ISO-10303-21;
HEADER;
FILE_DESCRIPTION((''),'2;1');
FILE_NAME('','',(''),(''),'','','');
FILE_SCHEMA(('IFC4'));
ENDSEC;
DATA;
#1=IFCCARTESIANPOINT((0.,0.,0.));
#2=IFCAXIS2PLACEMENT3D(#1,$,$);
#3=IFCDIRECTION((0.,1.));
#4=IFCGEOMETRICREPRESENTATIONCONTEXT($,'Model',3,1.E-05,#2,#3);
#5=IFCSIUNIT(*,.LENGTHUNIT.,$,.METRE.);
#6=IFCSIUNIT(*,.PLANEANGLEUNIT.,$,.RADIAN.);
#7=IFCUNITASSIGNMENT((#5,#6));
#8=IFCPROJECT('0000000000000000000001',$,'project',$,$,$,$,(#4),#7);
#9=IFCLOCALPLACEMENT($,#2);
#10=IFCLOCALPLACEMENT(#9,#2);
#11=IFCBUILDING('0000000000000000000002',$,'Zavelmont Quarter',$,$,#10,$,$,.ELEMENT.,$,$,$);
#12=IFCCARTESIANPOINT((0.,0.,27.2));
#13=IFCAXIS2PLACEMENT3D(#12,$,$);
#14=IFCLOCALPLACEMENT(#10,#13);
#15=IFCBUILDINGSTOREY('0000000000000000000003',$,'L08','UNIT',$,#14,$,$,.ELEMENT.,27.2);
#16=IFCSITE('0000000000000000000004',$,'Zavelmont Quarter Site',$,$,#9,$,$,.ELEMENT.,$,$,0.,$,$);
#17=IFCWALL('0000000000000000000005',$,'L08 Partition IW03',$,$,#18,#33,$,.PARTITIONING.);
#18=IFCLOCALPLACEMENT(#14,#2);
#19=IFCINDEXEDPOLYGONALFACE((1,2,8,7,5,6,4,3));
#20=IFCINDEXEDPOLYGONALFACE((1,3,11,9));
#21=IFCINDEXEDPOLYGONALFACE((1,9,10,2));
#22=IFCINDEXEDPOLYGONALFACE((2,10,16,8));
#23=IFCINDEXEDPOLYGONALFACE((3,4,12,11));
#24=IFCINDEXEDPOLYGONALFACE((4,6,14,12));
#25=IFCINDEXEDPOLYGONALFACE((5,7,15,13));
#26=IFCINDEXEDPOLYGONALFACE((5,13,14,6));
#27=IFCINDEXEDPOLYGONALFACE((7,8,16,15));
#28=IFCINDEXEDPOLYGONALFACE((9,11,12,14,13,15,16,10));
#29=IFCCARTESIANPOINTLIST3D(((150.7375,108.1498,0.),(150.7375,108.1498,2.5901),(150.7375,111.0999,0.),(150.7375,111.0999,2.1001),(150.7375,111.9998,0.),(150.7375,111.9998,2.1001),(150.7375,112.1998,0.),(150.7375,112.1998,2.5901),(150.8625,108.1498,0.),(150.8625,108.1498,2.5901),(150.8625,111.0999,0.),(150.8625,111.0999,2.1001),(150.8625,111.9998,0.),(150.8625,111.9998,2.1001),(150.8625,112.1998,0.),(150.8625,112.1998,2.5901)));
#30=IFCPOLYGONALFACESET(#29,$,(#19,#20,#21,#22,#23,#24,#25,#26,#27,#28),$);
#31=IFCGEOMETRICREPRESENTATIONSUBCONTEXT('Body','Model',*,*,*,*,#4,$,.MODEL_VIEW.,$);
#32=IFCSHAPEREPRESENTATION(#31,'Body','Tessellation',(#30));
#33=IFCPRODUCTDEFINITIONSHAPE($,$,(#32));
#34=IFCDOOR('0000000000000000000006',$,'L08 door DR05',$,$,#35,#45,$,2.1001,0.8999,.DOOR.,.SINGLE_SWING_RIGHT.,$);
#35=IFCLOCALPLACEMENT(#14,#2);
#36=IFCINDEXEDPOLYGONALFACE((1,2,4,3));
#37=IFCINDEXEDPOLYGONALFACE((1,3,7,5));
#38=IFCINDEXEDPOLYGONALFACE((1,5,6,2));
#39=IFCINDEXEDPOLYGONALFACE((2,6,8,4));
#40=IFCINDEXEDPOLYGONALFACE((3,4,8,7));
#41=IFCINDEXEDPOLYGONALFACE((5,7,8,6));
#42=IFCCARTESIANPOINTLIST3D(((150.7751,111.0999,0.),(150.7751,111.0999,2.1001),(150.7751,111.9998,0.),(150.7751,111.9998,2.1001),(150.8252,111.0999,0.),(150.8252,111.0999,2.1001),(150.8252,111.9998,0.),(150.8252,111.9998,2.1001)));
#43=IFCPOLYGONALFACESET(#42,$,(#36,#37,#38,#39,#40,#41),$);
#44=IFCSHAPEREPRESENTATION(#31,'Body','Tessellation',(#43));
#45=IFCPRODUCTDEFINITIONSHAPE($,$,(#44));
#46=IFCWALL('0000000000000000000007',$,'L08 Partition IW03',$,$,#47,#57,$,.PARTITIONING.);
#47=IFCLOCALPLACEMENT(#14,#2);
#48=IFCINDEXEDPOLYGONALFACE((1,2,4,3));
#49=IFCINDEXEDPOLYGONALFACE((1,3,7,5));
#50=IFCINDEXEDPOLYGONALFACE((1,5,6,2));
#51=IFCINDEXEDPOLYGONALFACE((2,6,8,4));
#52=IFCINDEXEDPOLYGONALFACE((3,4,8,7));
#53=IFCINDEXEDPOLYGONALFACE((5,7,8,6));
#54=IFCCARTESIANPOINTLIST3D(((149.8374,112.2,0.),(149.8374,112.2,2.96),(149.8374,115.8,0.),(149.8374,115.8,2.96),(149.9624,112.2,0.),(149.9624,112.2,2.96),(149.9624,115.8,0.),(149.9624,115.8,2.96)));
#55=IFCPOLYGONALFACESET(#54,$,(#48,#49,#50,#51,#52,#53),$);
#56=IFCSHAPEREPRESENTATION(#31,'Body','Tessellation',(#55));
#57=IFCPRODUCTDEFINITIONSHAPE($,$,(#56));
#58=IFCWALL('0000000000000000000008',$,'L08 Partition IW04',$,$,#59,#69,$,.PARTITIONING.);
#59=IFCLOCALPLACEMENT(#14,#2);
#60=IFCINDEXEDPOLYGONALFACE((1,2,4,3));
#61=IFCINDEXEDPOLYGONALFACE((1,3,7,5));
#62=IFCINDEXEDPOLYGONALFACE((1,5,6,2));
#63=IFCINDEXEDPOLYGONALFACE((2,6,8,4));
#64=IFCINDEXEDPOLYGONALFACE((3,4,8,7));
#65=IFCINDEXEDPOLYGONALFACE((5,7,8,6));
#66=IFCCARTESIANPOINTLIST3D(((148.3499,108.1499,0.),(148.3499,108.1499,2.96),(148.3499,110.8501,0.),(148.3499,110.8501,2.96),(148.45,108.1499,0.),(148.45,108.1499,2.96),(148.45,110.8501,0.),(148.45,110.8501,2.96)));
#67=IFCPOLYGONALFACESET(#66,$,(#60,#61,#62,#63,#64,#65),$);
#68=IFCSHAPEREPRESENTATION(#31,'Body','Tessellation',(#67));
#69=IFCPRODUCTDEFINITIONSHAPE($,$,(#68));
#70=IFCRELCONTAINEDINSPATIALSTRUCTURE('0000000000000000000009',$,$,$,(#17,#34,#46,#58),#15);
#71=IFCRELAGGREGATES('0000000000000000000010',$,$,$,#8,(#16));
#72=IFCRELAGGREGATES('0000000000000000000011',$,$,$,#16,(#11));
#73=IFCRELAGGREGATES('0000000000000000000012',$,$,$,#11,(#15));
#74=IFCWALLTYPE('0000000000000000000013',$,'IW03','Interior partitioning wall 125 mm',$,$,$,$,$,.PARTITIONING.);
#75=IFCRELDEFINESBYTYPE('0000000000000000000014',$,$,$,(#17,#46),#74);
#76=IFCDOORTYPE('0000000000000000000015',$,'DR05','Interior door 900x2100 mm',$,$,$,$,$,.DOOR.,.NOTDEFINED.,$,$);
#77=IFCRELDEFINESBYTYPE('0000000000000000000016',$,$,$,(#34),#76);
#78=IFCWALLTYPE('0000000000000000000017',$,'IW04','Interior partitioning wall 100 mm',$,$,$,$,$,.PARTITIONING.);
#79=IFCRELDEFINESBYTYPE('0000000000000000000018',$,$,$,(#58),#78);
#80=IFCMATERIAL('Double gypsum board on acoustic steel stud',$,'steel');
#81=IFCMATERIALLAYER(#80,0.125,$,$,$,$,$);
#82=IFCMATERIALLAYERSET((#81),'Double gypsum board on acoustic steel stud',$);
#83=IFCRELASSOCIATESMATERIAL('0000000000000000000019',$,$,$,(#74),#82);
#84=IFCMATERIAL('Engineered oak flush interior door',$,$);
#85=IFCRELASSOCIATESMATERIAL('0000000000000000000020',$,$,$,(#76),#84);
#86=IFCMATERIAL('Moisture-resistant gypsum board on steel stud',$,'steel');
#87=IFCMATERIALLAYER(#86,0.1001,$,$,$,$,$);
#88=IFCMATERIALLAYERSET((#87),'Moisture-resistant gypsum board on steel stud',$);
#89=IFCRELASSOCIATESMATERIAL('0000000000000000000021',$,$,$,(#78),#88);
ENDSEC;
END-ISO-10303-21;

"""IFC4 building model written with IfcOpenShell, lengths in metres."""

from ifc_helpers import new_model, si_unit, direction, frame, frame_2d, origin, origin_with_axes, place, context, subcontext, project, spatial, rectangle, extrude, material, layer, layer_set, type_object, element, fill, save


model = new_model("IFC4")

# Units and contexts
model_context = context("Model", 3, precision=1e-05, world=origin(), true_north=direction((0.0, 1.0)))
body_context = subcontext(model_context, "Body", "Model", "MODEL_VIEW")
ifc_project = project(units=[si_unit("LENGTHUNIT", "METRE"), si_unit("PLANEANGLEUNIT", "RADIAN")], contexts=[model_context])

# Site, building, storey
site_placement = place(None, origin())
site = spatial("IfcSite", under=ifc_project, at=site_placement, Name="Zavelmont Quarter Site", CompositionType="ELEMENT", RefElevation=0.0)
building_placement = place(site_placement, origin())
building = spatial("IfcBuilding", under=site, at=building_placement, Name="Zavelmont Quarter", CompositionType="ELEMENT")
storey_placement = place(building_placement, frame((0.0, 0.0, 27.2)))
storey = spatial("IfcBuildingStorey", under=building, at=storey_placement, Name="L08", Description="UNIT", CompositionType="ELEMENT", Elevation=27.2)

# Wall, opening, door
ifc_material_1 = material(Name="Double gypsum board on acoustic steel stud", Category="steel")
ifc_layer_1 = layer(ifc_material_1, 0.125)
ifc_layer_set_1 = layer_set([ifc_layer_1], Name="Double gypsum board on acoustic steel stud")
wall_type_1 = type_object("IfcWallType", Name="IW03", Description="Interior partitioning wall 125 mm", PredefinedType="PARTITIONING", material=ifc_layer_set_1)
wall_1_placement = place(storey_placement, frame((150.8, 108.1499, 0.0), z_axis=(0.0, 0.0, 1.0), x_axis=(0.0, 1.0, 0.0)))
wall_1 = element("IfcWall", 1, at=wall_1_placement, inside=storey, type_object=wall_type_1, Name="L08 Partition IW03", PredefinedType="PARTITIONING", context=body_context, shape_type="SweptSolid", body=[
    extrude(rectangle(XDim=4.05, YDim=0.125, at=frame_2d((2.0249, 0.0))), origin(), (0.0, 0.0, 1.0), 2.5901),
])
opening_1_placement = place(wall_1_placement, frame((2.95, 0.0, 0.0)))
opening_1 = element("IfcOpeningElement", 2, at=opening_1_placement, cuts=wall_1, PredefinedType="OPENING", context=body_context, shape_type="SweptSolid", body=[
    extrude(rectangle(XDim=0.8999, YDim=2.1001, at=frame_2d((0.45, 1.05))), frame((0.0, 0.0745, 0.0), z_axis=(0.0, -1.0, 0.0), x_axis=(1.0, 0.0, 0.0)), (0.0, 0.0, 1.0), 0.1489),
])
ifc_material_2 = material(Name="Engineered oak flush interior door")
door_type_1 = type_object("IfcDoorType", Name="DR05", Description="Interior door 900x2100 mm", OperationType="NOTDEFINED", PredefinedType="DOOR", material=ifc_material_2)
door_1_placement = place(opening_1_placement, origin_with_axes())
door_1 = element("IfcDoor", 3, at=door_1_placement, inside=storey, type_object=door_type_1, Name="L08 door DR05", OperationType="SINGLE_SWING_RIGHT", OverallHeight=2.1001, OverallWidth=0.8999, PredefinedType="DOOR", context=body_context, shape_type="SweptSolid", body=[
    extrude(rectangle(XDim=0.8999, YDim=2.1001, at=frame_2d((0.45, 1.05))), frame((0.0, 0.0249, 0.0), z_axis=(0.0, -1.0, 0.0), x_axis=(1.0, 0.0, 0.0)), (0.0, 0.0, 1.0), 0.05),
])
fill(opening_1, door_1)

# Walls
wall_2_placement = place(storey_placement, frame((149.8999, 112.2, 0.0), z_axis=(0.0, 0.0, 1.0), x_axis=(0.0, 1.0, 0.0)))
element("IfcWall", 4, at=wall_2_placement, inside=storey, type_object=wall_type_1, Name="L08 Partition IW03", PredefinedType="PARTITIONING", context=body_context, shape_type="SweptSolid", body=[
    extrude(rectangle(XDim=3.6001, YDim=0.125, at=frame_2d((1.8, 0.0))), origin(), (0.0, 0.0, 1.0), 2.96),
])
ifc_material_3 = material(Name="Moisture-resistant gypsum board on steel stud", Category="steel")
ifc_layer_2 = layer(ifc_material_3, 0.1001)
ifc_layer_set_2 = layer_set([ifc_layer_2], Name="Moisture-resistant gypsum board on steel stud")
wall_type_2 = type_object("IfcWallType", Name="IW04", Description="Interior partitioning wall 100 mm", PredefinedType="PARTITIONING", material=ifc_layer_set_2)
wall_3_placement = place(storey_placement, frame((148.3999, 108.1499, 0.0), z_axis=(0.0, 0.0, 1.0), x_axis=(0.0, 1.0, 0.0)))
element("IfcWall", 5, at=wall_3_placement, inside=storey, type_object=wall_type_2, Name="L08 Partition IW04", PredefinedType="PARTITIONING", context=body_context, shape_type="SweptSolid", body=[
    extrude(rectangle(XDim=2.7002, YDim=0.1001, at=frame_2d((1.3501, 0.0))), origin(), (0.0, 0.0, 1.0), 2.96),
])

save(model, "model.ifc")
